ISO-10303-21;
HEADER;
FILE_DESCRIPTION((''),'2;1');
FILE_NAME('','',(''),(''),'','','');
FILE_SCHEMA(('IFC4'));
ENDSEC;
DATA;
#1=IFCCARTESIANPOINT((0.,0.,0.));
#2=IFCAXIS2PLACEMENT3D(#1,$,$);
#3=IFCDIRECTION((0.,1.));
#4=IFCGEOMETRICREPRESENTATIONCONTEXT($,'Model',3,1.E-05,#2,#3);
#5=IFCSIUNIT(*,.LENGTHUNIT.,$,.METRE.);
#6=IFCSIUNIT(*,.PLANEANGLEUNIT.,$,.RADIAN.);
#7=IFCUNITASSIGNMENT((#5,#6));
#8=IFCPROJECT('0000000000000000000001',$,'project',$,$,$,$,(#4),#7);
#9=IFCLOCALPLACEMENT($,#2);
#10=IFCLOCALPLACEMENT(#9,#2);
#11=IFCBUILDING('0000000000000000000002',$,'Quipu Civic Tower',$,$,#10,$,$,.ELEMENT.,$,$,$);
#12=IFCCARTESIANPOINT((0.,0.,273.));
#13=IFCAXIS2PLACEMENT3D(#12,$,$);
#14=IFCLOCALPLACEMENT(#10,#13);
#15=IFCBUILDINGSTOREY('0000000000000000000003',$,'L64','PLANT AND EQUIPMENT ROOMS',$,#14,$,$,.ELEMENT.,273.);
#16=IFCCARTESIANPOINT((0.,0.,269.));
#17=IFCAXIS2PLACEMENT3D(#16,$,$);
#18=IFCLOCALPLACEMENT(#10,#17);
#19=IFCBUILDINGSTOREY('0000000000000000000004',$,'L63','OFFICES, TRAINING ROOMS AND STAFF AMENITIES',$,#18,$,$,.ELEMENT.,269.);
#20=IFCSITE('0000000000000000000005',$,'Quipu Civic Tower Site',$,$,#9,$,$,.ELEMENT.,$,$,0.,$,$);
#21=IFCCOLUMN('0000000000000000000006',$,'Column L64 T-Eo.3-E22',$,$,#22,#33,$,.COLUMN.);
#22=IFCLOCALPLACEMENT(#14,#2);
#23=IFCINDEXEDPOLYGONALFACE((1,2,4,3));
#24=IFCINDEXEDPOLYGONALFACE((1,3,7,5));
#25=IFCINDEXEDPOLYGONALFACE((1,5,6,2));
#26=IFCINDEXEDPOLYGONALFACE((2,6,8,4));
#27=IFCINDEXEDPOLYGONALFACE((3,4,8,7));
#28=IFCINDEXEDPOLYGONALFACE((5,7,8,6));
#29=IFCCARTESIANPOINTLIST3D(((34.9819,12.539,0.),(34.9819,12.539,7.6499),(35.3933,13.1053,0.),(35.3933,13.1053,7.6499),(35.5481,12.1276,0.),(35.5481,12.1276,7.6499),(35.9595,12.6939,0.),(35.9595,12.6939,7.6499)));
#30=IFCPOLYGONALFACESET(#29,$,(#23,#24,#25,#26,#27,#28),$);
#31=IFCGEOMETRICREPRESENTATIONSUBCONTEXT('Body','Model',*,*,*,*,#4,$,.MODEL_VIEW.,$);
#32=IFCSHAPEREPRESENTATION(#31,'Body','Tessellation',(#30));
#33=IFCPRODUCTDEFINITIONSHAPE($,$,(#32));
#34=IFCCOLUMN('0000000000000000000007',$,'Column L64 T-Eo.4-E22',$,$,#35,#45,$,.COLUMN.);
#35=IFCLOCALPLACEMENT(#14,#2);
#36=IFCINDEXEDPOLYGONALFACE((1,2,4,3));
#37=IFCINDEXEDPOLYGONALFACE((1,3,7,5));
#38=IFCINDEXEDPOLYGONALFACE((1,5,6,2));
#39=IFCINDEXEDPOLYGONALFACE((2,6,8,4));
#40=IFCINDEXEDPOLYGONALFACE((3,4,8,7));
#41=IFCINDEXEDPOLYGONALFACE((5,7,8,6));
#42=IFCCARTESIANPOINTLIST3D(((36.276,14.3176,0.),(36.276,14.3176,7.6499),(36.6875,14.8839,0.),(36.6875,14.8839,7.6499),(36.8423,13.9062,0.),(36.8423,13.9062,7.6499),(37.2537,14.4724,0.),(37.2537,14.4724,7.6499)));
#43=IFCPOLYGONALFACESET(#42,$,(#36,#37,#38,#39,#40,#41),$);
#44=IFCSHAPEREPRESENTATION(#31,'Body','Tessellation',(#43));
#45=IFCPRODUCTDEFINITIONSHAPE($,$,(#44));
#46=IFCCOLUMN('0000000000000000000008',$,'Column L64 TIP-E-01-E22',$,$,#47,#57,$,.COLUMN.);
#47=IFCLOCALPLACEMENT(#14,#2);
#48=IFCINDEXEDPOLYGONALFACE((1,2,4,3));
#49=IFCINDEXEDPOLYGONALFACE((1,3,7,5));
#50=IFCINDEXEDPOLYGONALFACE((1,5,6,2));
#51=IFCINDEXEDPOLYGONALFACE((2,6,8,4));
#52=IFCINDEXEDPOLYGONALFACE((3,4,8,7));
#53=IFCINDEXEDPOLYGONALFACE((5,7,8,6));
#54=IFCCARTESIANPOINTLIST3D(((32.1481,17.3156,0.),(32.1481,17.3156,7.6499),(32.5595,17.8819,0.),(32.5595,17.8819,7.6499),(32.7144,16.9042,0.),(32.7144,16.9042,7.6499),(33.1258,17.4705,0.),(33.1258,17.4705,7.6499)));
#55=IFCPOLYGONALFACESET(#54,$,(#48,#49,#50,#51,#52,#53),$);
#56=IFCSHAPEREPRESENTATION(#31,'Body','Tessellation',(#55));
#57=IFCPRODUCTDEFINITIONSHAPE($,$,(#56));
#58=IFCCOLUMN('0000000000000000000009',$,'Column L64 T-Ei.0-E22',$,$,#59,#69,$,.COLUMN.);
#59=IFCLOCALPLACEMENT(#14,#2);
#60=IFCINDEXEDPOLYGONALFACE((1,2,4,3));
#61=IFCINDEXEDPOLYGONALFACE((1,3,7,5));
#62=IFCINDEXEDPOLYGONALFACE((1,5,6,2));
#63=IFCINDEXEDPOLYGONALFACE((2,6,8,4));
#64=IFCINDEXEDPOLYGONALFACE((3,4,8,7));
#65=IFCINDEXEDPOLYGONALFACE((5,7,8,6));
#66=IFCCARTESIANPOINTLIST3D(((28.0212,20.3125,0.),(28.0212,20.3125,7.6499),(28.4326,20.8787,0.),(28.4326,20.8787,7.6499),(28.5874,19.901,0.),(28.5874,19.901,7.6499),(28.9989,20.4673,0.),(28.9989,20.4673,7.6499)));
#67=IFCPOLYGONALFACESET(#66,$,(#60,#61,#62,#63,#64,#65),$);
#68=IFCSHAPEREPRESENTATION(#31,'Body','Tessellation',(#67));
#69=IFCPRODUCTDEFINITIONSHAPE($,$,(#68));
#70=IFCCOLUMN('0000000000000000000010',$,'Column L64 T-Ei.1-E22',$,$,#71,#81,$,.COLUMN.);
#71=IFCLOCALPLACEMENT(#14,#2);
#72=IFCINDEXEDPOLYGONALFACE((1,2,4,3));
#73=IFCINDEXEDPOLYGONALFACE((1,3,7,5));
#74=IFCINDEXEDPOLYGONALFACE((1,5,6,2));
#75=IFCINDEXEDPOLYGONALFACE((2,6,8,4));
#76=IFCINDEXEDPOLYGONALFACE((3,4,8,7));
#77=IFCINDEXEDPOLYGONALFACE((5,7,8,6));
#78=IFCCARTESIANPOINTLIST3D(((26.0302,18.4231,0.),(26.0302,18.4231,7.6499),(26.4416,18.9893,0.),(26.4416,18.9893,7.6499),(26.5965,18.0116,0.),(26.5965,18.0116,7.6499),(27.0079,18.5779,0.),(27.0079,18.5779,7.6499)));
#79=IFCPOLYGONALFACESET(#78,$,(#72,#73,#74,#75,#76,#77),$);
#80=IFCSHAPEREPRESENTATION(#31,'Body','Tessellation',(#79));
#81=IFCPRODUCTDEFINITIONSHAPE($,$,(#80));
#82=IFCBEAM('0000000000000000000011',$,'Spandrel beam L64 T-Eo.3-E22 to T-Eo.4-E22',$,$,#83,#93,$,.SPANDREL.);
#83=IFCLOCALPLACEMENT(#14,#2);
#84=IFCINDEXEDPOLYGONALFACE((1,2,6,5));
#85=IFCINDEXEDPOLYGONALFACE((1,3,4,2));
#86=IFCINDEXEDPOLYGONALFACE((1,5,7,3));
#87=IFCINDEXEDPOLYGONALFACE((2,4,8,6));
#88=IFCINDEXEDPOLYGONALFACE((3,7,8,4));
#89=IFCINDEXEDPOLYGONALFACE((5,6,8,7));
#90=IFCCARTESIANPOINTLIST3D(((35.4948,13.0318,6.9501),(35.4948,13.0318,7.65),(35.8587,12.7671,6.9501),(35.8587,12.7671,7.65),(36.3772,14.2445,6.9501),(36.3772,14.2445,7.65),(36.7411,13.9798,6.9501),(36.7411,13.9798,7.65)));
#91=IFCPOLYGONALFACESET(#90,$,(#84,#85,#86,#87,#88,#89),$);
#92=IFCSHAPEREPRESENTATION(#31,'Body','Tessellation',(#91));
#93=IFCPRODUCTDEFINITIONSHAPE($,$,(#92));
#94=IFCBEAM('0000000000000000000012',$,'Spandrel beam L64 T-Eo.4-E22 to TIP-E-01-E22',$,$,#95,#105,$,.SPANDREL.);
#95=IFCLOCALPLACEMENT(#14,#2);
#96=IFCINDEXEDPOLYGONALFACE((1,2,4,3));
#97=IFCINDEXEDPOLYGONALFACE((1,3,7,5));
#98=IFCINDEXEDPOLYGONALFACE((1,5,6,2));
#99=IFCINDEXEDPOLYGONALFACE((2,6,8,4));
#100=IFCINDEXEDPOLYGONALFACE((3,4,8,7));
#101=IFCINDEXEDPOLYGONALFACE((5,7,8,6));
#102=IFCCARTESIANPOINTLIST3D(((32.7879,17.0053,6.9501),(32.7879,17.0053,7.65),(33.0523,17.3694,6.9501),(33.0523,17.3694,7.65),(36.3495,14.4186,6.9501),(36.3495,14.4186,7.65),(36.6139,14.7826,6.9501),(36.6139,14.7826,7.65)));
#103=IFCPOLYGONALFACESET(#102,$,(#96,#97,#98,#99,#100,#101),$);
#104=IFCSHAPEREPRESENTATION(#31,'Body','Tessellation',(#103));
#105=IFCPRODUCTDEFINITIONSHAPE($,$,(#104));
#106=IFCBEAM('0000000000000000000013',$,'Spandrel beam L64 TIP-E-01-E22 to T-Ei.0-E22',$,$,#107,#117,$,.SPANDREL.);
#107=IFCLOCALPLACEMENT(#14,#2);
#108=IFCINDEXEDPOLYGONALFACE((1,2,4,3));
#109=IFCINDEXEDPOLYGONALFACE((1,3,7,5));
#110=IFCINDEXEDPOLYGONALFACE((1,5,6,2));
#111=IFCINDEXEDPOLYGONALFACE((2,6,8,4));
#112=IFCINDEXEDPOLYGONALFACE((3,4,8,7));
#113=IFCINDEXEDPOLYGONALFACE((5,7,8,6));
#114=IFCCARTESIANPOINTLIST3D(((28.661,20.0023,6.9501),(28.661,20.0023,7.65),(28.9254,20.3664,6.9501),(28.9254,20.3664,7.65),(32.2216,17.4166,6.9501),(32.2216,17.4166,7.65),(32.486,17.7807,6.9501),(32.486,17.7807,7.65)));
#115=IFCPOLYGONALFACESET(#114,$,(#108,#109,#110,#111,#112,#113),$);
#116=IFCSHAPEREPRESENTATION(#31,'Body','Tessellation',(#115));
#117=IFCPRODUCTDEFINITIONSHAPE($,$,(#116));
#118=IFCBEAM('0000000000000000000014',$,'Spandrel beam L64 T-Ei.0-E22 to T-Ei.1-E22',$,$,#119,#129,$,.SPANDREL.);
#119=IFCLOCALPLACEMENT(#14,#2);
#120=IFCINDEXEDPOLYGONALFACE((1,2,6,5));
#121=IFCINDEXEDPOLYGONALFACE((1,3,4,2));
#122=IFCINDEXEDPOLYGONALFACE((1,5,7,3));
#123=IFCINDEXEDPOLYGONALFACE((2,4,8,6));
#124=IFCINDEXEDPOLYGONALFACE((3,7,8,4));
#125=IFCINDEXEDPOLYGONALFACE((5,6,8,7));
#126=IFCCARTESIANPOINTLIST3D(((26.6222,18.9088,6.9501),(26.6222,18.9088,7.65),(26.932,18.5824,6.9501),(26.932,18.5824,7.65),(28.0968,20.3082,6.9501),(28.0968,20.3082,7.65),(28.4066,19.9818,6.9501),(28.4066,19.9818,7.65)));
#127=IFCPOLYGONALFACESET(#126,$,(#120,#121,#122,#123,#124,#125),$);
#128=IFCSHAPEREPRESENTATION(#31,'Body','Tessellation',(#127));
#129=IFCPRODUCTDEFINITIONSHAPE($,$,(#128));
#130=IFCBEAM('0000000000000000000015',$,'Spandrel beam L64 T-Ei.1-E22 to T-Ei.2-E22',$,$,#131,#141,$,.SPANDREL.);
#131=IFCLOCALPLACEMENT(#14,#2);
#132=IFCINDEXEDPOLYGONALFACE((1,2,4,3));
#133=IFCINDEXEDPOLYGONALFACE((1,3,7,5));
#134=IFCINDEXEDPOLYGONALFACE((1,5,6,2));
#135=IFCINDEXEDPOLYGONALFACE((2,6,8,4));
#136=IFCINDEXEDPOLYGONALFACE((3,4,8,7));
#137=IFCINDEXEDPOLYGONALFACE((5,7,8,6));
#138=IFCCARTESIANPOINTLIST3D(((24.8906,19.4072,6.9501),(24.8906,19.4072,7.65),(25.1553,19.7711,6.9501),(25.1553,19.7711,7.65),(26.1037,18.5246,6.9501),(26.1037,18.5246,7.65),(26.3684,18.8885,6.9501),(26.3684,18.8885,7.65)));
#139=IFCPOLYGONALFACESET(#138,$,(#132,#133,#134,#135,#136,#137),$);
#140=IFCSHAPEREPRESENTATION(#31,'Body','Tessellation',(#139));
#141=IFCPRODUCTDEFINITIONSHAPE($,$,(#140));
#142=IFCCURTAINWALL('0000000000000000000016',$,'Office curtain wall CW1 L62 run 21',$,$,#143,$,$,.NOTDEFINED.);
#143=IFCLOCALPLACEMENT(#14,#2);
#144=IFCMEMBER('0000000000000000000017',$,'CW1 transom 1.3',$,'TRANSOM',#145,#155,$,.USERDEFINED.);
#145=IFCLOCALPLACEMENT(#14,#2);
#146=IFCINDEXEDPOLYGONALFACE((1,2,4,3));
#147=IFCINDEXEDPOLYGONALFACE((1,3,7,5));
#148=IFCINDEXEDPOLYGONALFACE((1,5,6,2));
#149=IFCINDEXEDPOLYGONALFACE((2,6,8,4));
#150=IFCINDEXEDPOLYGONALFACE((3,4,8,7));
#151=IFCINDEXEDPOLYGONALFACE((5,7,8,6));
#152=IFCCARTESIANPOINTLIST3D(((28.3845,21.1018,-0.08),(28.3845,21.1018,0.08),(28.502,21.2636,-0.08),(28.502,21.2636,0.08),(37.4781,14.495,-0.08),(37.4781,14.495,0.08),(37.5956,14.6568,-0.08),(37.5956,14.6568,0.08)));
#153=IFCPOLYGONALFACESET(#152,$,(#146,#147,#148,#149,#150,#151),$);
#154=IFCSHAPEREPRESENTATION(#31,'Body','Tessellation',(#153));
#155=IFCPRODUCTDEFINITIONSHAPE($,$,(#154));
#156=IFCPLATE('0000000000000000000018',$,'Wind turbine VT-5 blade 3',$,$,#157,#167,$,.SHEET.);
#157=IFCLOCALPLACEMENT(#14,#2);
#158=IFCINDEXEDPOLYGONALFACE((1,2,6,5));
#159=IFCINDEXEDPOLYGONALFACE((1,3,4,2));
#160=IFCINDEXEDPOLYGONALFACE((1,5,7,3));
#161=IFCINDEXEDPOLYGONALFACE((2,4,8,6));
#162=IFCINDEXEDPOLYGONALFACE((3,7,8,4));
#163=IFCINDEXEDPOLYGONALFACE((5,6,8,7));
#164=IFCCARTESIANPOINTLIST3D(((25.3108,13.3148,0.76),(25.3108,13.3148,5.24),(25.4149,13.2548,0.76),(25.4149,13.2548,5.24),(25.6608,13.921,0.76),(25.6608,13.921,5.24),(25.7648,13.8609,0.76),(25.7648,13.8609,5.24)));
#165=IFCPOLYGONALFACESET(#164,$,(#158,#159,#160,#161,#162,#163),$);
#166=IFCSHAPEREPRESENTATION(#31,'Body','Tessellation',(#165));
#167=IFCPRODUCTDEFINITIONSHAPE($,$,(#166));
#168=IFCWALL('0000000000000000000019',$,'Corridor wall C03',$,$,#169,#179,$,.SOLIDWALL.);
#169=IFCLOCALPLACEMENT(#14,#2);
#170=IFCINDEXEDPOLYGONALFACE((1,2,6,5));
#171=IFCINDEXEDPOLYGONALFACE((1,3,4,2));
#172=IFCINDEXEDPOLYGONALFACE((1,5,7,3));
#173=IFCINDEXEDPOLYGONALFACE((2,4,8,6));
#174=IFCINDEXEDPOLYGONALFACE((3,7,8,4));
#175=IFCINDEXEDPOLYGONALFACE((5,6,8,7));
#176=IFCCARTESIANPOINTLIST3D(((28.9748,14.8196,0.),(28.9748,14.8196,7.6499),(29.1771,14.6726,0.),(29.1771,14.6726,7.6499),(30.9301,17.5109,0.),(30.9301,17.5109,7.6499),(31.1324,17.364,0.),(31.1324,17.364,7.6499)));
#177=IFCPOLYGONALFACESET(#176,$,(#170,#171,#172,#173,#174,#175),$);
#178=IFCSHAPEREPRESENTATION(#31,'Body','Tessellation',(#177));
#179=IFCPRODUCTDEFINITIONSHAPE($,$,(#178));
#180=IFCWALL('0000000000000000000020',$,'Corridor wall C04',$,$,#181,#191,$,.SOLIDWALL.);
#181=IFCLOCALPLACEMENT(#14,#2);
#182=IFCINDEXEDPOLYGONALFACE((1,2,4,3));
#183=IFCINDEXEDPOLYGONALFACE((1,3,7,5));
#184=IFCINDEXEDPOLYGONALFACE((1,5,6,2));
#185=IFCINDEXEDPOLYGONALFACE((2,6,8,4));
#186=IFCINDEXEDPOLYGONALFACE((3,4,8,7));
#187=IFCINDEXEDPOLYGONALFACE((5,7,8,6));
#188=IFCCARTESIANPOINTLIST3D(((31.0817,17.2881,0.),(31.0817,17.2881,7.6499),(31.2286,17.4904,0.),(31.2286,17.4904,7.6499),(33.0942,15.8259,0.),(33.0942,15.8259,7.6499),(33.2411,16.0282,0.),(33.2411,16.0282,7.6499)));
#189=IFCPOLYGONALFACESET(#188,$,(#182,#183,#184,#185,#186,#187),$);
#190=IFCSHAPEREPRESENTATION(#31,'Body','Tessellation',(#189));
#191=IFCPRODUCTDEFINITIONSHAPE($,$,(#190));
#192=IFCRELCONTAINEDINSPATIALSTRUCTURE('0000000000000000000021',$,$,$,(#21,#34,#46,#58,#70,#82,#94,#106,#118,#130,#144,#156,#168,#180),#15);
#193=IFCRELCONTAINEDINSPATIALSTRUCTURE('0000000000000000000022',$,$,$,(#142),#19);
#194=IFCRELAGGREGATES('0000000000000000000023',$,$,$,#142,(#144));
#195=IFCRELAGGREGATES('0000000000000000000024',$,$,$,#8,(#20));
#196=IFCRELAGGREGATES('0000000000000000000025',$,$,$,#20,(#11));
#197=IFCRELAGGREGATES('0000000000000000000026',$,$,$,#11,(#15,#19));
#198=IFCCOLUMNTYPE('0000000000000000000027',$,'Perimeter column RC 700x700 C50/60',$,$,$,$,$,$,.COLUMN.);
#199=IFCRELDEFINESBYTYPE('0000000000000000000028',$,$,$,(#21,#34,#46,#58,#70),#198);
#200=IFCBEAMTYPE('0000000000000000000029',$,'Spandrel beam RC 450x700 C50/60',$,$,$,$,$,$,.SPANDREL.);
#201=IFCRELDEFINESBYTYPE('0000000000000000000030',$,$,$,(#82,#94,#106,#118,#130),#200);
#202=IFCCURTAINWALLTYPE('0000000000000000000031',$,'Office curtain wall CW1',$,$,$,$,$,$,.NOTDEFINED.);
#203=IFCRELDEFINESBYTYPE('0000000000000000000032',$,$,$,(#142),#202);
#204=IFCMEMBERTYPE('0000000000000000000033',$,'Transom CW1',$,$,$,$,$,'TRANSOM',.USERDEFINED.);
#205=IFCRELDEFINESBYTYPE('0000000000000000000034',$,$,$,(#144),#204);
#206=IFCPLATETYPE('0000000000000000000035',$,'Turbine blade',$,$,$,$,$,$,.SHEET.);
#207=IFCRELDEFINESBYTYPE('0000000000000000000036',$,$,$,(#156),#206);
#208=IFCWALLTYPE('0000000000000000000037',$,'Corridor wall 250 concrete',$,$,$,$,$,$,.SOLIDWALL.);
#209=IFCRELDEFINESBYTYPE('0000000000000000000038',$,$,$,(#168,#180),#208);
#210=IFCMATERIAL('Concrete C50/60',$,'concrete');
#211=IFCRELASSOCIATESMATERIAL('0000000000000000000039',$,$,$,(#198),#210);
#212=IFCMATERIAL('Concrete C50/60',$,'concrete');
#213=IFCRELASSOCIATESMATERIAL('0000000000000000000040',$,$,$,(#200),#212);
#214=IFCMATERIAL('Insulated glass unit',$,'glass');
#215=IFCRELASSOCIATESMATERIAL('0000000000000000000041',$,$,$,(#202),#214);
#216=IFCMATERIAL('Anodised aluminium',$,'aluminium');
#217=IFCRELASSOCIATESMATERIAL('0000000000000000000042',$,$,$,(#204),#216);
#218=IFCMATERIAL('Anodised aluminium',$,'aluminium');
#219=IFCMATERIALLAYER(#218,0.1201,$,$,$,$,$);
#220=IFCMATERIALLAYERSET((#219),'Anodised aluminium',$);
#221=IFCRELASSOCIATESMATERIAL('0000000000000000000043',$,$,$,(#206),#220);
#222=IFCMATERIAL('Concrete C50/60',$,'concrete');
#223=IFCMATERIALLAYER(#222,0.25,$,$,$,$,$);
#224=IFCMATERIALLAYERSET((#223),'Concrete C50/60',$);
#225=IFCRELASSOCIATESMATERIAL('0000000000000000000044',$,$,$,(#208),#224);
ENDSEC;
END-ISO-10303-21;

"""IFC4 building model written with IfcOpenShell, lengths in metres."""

from ifc_helpers import new_model, si_unit, direction, frame, frame_2d, origin, origin_2d, place, context, subcontext, project, spatial, rectangle, extrude, material, layer, layer_set, material_profile, profile_set, type_object, element, aggregate, save


model = new_model("IFC4")

# Units and contexts
model_context = context("Model", 3, precision=1e-05, world=origin(), true_north=direction((0.0, 1.0)))
body_context = subcontext(model_context, "Body", "Model", "MODEL_VIEW")
ifc_project = project(units=[si_unit("LENGTHUNIT", "METRE"), si_unit("PLANEANGLEUNIT", "RADIAN")], contexts=[model_context])

# Site, building, storey
site_placement = place(None, origin())
site = spatial("IfcSite", under=ifc_project, at=site_placement, Name="Quipu Civic Tower Site", CompositionType="ELEMENT", RefElevation=0.0)
building_placement = place(site_placement, origin())
building = spatial("IfcBuilding", under=site, at=building_placement, Name="Quipu Civic Tower", CompositionType="ELEMENT")
storey_1_placement = place(building_placement, frame((0.0, 0.0, 273.0)))
storey_1 = spatial("IfcBuildingStorey", under=building, at=storey_1_placement, Name="L64", Description="PLANT AND EQUIPMENT ROOMS", CompositionType="ELEMENT", Elevation=273.0)

# Columns
ifc_material_1 = material(Name="Concrete C50/60", Category="concrete")
ifc_material_profile_1 = material_profile(ifc_material_1, rectangle(XDim=0.7, YDim=0.7, at=origin_2d()), Name="RC700x700")
ifc_profile_set_1 = profile_set([ifc_material_profile_1], Name="Concrete C50/60")
column_type = type_object("IfcColumnType", Name="Perimeter column RC 700x700 C50/60", PredefinedType="COLUMN", material=ifc_profile_set_1)
for number, where, z_axis, x_axis, name in (
    (1, (35.4707, 12.6165, 0.0), (0.0, 0.0, 1.0), (-0.809017, 0.587785, 0.0), "Column L64 T-Eo.3-E22"),
    (2, (36.7649, 14.395, 0.0), (0.0, 0.0, 1.0), (-0.809017, 0.587785, 0.0), "Column L64 T-Eo.4-E22"),
    (3, (32.637, 17.3931, 0.0), (0.0, 0.0, 1.0), (-0.809017, 0.587785, 0.0), "Column L64 TIP-E-01-E22"),
    (4, (28.51, 20.3899, 0.0), (0.0, 0.0, 1.0), (-0.587785, -0.809017, 0.0), "Column L64 T-Ei.0-E22"),
    (5, (26.519, 18.5005, 0.0), (0.0, 0.0, 1.0), (-0.809017, 0.587785, 0.0), "Column L64 T-Ei.1-E22"),
):
    element("IfcColumn", number, at=place(storey_1_placement, frame(where, z_axis=z_axis, x_axis=x_axis)), inside=storey_1, type_object=column_type, Name=name, PredefinedType="COLUMN", context=body_context, shape_type="SweptSolid", body=[
        extrude(rectangle(XDim=0.7, YDim=0.7, at=origin_2d()), origin(), (0.0, 0.0, 1.0), 7.6499),
    ])

# Beams
ifc_material_2 = material(Name="Concrete C50/60", Category="concrete")
ifc_material_profile_2 = material_profile(ifc_material_2, rectangle(XDim=0.45, YDim=0.7, at=origin_2d()), Name="RC450x700")
ifc_profile_set_2 = profile_set([ifc_material_profile_2], Name="Concrete C50/60")
beam_type = type_object("IfcBeamType", Name="Spandrel beam RC 450x700 C50/60", PredefinedType="SPANDREL", material=ifc_profile_set_2)
beam_1_placement = place(storey_1_placement, frame((35.6768, 12.8994, 7.3), z_axis=(0.588346, 0.808609, 0.0), x_axis=(-0.808609, 0.588346, 0.0)))
element("IfcBeam", 6, at=beam_1_placement, inside=storey_1, type_object=beam_type, Name="Spandrel beam L64 T-Eo.3-E22 to T-Eo.4-E22", PredefinedType="SPANDREL", context=body_context, shape_type="SweptSolid", body=[
    extrude(rectangle(XDim=0.45, YDim=0.7, at=origin_2d()), origin(), (0.0, 0.0, 1.0), 1.4998),
])
beam_2_placement = place(storey_1_placement, frame((36.4817, 14.6006, 7.3), z_axis=(-0.809117, 0.587647, 0.0), x_axis=(-0.587647, -0.809117, 0.0)))
element("IfcBeam", 7, at=beam_2_placement, inside=storey_1, type_object=beam_type, Name="Spandrel beam L64 T-Eo.4-E22 to TIP-E-01-E22", PredefinedType="SPANDREL", context=body_context, shape_type="SweptSolid", body=[
    extrude(rectangle(XDim=0.45, YDim=0.7, at=origin_2d()), origin(), (0.0, 0.0, 1.0), 4.4019),
])
beam_3_placement = place(storey_1_placement, frame((32.3538, 17.5986, 7.3), z_axis=(-0.809146, 0.587607, 0.0), x_axis=(-0.587607, -0.809146, 0.0)))
element("IfcBeam", 8, at=beam_3_placement, inside=storey_1, type_object=beam_type, Name="Spandrel beam L64 TIP-E-01-E22 to T-Ei.0-E22", PredefinedType="SPANDREL", context=body_context, shape_type="SweptSolid", body=[
    extrude(rectangle(XDim=0.45, YDim=0.7, at=origin_2d()), origin(), (0.0, 0.0, 1.0), 4.4004),
])
beam_4_placement = place(storey_1_placement, frame((28.2517, 20.145, 7.3), z_axis=(-0.725359, -0.688371, 0.0), x_axis=(0.688371, -0.725359, 0.0)))
element("IfcBeam", 9, at=beam_4_placement, inside=storey_1, type_object=beam_type, Name="Spandrel beam L64 T-Ei.0-E22 to T-Ei.1-E22", PredefinedType="SPANDREL", context=body_context, shape_type="SweptSolid", body=[
    extrude(rectangle(XDim=0.45, YDim=0.7, at=origin_2d()), origin(), (0.0, 0.0, 1.0), 2.033),
])
beam_5_placement = place(storey_1_placement, frame((26.2361, 18.7065, 7.3), z_axis=(-0.808645, 0.588297, 0.0), x_axis=(-0.588297, -0.808645, 0.0)))
element("IfcBeam", 10, at=beam_5_placement, inside=storey_1, type_object=beam_type, Name="Spandrel beam L64 T-Ei.1-E22 to T-Ei.2-E22", PredefinedType="SPANDREL", context=body_context, shape_type="SweptSolid", body=[
    extrude(rectangle(XDim=0.45, YDim=0.7, at=origin_2d()), origin(), (0.0, 0.0, 1.0), 1.5002),
])

# Shared definitions
storey_2_placement = place(building_placement, frame((0.0, 0.0, 269.0)))
storey_2 = spatial("IfcBuildingStorey", under=building, at=storey_2_placement, Name="L63", Description="OFFICES, TRAINING ROOMS AND STAFF AMENITIES", CompositionType="ELEMENT", Elevation=269.0)

# Curtain wall, member
ifc_material_3 = material(Name="Insulated glass unit", Category="glass")
curtain_wall_type = type_object("IfcCurtainWallType", Name="Office curtain wall CW1", PredefinedType="NOTDEFINED", material=ifc_material_3)
curtain_wall_placement = place(storey_2_placement, origin())
curtain_wall = element("IfcCurtainWall", 11, at=curtain_wall_placement, inside=storey_2, type_object=curtain_wall_type, Name="Office curtain wall CW1 L62 run 21", PredefinedType="NOTDEFINED")
ifc_material_4 = material(Name="Anodised aluminium", Category="aluminium")
ifc_material_profile_3 = material_profile(ifc_material_4, rectangle(XDim=0.2, YDim=0.1599, at=origin_2d()), Name="RECT 200x160")
ifc_profile_set_3 = profile_set([ifc_material_profile_3], Name="Anodised aluminium")
member_type = type_object("IfcMemberType", Name="Transom CW1", ElementType="TRANSOM", PredefinedType="USERDEFINED", material=ifc_profile_set_3)
member_placement = place(storey_1_placement, frame((37.5369, 14.5759, 0.0), z_axis=(-0.809022, 0.587778, 0.0), x_axis=(-0.587778, -0.809022, 0.0)))
member = element("IfcMember", 12, at=member_placement, inside=storey_1, type_object=member_type, Name="CW1 transom 1.3", ObjectType="TRANSOM", PredefinedType="USERDEFINED", context=body_context, shape_type="SweptSolid", body=[
    extrude(rectangle(XDim=0.2, YDim=0.1599, at=origin_2d()), origin(), (0.0, 0.0, 1.0), 11.2402),
])
aggregate(curtain_wall, [member])

# Plate
ifc_material_5 = material(Name="Anodised aluminium", Category="aluminium")
ifc_layer_1 = layer(ifc_material_5, 0.1201)
ifc_layer_set_1 = layer_set([ifc_layer_1], Name="Anodised aluminium")
plate_type = type_object("IfcPlateType", Name="Turbine blade", PredefinedType="SHEET", material=ifc_layer_set_1)
plate_placement = place(storey_1_placement, frame((25.5378, 13.5879, 0.76), z_axis=(0.0, 0.0, 1.0), x_axis=(0.5, 0.866025, 0.0)))
element("IfcPlate", 13, at=plate_placement, inside=storey_1, type_object=plate_type, Name="Wind turbine VT-5 blade 3", PredefinedType="SHEET", context=body_context, shape_type="SweptSolid", body=[
    extrude(rectangle(XDim=0.7, YDim=0.1201, at=origin_2d()), origin(), (0.0, 0.0, 1.0), 4.48),
])

# Walls
ifc_material_6 = material(Name="Concrete C50/60", Category="concrete")
ifc_layer_2 = layer(ifc_material_6, 0.25)
ifc_layer_set_2 = layer_set([ifc_layer_2], Name="Concrete C50/60")
wall_type_1 = type_object("IfcWallType", Name="Corridor wall 250 concrete", PredefinedType="SOLIDWALL", material=ifc_layer_set_2)
wall_1_placement = place(storey_1_placement, frame((29.0759, 14.7461, 0.0), z_axis=(0.0, 0.0, 1.0), x_axis=(0.587766, 0.809031, 0.0)))
element("IfcWall", 14, at=wall_1_placement, inside=storey_1, type_object=wall_type_1, Name="Corridor wall C03", PredefinedType="SOLIDWALL", context=body_context, shape_type="SweptSolid", body=[
    extrude(rectangle(XDim=3.3267, YDim=0.25, at=frame_2d((1.6633, 0.0))), origin(), (0.0, 0.0, 1.0), 7.6499),
])
wall_2_placement = place(storey_1_placement, frame((31.1553, 17.3892, 0.0), z_axis=(0.0, 0.0, 1.0), x_axis=(0.809012, -0.587792, 0.0)))
element("IfcWall", 15, at=wall_2_placement, inside=storey_1, type_object=wall_type_1, Name="Corridor wall C04", PredefinedType="SOLIDWALL", context=body_context, shape_type="SweptSolid", body=[
    extrude(rectangle(XDim=2.4875, YDim=0.25, at=frame_2d((1.2437, 0.0))), origin(), (0.0, 0.0, 1.0), 7.6499),
])

save(model, "model.ifc")
